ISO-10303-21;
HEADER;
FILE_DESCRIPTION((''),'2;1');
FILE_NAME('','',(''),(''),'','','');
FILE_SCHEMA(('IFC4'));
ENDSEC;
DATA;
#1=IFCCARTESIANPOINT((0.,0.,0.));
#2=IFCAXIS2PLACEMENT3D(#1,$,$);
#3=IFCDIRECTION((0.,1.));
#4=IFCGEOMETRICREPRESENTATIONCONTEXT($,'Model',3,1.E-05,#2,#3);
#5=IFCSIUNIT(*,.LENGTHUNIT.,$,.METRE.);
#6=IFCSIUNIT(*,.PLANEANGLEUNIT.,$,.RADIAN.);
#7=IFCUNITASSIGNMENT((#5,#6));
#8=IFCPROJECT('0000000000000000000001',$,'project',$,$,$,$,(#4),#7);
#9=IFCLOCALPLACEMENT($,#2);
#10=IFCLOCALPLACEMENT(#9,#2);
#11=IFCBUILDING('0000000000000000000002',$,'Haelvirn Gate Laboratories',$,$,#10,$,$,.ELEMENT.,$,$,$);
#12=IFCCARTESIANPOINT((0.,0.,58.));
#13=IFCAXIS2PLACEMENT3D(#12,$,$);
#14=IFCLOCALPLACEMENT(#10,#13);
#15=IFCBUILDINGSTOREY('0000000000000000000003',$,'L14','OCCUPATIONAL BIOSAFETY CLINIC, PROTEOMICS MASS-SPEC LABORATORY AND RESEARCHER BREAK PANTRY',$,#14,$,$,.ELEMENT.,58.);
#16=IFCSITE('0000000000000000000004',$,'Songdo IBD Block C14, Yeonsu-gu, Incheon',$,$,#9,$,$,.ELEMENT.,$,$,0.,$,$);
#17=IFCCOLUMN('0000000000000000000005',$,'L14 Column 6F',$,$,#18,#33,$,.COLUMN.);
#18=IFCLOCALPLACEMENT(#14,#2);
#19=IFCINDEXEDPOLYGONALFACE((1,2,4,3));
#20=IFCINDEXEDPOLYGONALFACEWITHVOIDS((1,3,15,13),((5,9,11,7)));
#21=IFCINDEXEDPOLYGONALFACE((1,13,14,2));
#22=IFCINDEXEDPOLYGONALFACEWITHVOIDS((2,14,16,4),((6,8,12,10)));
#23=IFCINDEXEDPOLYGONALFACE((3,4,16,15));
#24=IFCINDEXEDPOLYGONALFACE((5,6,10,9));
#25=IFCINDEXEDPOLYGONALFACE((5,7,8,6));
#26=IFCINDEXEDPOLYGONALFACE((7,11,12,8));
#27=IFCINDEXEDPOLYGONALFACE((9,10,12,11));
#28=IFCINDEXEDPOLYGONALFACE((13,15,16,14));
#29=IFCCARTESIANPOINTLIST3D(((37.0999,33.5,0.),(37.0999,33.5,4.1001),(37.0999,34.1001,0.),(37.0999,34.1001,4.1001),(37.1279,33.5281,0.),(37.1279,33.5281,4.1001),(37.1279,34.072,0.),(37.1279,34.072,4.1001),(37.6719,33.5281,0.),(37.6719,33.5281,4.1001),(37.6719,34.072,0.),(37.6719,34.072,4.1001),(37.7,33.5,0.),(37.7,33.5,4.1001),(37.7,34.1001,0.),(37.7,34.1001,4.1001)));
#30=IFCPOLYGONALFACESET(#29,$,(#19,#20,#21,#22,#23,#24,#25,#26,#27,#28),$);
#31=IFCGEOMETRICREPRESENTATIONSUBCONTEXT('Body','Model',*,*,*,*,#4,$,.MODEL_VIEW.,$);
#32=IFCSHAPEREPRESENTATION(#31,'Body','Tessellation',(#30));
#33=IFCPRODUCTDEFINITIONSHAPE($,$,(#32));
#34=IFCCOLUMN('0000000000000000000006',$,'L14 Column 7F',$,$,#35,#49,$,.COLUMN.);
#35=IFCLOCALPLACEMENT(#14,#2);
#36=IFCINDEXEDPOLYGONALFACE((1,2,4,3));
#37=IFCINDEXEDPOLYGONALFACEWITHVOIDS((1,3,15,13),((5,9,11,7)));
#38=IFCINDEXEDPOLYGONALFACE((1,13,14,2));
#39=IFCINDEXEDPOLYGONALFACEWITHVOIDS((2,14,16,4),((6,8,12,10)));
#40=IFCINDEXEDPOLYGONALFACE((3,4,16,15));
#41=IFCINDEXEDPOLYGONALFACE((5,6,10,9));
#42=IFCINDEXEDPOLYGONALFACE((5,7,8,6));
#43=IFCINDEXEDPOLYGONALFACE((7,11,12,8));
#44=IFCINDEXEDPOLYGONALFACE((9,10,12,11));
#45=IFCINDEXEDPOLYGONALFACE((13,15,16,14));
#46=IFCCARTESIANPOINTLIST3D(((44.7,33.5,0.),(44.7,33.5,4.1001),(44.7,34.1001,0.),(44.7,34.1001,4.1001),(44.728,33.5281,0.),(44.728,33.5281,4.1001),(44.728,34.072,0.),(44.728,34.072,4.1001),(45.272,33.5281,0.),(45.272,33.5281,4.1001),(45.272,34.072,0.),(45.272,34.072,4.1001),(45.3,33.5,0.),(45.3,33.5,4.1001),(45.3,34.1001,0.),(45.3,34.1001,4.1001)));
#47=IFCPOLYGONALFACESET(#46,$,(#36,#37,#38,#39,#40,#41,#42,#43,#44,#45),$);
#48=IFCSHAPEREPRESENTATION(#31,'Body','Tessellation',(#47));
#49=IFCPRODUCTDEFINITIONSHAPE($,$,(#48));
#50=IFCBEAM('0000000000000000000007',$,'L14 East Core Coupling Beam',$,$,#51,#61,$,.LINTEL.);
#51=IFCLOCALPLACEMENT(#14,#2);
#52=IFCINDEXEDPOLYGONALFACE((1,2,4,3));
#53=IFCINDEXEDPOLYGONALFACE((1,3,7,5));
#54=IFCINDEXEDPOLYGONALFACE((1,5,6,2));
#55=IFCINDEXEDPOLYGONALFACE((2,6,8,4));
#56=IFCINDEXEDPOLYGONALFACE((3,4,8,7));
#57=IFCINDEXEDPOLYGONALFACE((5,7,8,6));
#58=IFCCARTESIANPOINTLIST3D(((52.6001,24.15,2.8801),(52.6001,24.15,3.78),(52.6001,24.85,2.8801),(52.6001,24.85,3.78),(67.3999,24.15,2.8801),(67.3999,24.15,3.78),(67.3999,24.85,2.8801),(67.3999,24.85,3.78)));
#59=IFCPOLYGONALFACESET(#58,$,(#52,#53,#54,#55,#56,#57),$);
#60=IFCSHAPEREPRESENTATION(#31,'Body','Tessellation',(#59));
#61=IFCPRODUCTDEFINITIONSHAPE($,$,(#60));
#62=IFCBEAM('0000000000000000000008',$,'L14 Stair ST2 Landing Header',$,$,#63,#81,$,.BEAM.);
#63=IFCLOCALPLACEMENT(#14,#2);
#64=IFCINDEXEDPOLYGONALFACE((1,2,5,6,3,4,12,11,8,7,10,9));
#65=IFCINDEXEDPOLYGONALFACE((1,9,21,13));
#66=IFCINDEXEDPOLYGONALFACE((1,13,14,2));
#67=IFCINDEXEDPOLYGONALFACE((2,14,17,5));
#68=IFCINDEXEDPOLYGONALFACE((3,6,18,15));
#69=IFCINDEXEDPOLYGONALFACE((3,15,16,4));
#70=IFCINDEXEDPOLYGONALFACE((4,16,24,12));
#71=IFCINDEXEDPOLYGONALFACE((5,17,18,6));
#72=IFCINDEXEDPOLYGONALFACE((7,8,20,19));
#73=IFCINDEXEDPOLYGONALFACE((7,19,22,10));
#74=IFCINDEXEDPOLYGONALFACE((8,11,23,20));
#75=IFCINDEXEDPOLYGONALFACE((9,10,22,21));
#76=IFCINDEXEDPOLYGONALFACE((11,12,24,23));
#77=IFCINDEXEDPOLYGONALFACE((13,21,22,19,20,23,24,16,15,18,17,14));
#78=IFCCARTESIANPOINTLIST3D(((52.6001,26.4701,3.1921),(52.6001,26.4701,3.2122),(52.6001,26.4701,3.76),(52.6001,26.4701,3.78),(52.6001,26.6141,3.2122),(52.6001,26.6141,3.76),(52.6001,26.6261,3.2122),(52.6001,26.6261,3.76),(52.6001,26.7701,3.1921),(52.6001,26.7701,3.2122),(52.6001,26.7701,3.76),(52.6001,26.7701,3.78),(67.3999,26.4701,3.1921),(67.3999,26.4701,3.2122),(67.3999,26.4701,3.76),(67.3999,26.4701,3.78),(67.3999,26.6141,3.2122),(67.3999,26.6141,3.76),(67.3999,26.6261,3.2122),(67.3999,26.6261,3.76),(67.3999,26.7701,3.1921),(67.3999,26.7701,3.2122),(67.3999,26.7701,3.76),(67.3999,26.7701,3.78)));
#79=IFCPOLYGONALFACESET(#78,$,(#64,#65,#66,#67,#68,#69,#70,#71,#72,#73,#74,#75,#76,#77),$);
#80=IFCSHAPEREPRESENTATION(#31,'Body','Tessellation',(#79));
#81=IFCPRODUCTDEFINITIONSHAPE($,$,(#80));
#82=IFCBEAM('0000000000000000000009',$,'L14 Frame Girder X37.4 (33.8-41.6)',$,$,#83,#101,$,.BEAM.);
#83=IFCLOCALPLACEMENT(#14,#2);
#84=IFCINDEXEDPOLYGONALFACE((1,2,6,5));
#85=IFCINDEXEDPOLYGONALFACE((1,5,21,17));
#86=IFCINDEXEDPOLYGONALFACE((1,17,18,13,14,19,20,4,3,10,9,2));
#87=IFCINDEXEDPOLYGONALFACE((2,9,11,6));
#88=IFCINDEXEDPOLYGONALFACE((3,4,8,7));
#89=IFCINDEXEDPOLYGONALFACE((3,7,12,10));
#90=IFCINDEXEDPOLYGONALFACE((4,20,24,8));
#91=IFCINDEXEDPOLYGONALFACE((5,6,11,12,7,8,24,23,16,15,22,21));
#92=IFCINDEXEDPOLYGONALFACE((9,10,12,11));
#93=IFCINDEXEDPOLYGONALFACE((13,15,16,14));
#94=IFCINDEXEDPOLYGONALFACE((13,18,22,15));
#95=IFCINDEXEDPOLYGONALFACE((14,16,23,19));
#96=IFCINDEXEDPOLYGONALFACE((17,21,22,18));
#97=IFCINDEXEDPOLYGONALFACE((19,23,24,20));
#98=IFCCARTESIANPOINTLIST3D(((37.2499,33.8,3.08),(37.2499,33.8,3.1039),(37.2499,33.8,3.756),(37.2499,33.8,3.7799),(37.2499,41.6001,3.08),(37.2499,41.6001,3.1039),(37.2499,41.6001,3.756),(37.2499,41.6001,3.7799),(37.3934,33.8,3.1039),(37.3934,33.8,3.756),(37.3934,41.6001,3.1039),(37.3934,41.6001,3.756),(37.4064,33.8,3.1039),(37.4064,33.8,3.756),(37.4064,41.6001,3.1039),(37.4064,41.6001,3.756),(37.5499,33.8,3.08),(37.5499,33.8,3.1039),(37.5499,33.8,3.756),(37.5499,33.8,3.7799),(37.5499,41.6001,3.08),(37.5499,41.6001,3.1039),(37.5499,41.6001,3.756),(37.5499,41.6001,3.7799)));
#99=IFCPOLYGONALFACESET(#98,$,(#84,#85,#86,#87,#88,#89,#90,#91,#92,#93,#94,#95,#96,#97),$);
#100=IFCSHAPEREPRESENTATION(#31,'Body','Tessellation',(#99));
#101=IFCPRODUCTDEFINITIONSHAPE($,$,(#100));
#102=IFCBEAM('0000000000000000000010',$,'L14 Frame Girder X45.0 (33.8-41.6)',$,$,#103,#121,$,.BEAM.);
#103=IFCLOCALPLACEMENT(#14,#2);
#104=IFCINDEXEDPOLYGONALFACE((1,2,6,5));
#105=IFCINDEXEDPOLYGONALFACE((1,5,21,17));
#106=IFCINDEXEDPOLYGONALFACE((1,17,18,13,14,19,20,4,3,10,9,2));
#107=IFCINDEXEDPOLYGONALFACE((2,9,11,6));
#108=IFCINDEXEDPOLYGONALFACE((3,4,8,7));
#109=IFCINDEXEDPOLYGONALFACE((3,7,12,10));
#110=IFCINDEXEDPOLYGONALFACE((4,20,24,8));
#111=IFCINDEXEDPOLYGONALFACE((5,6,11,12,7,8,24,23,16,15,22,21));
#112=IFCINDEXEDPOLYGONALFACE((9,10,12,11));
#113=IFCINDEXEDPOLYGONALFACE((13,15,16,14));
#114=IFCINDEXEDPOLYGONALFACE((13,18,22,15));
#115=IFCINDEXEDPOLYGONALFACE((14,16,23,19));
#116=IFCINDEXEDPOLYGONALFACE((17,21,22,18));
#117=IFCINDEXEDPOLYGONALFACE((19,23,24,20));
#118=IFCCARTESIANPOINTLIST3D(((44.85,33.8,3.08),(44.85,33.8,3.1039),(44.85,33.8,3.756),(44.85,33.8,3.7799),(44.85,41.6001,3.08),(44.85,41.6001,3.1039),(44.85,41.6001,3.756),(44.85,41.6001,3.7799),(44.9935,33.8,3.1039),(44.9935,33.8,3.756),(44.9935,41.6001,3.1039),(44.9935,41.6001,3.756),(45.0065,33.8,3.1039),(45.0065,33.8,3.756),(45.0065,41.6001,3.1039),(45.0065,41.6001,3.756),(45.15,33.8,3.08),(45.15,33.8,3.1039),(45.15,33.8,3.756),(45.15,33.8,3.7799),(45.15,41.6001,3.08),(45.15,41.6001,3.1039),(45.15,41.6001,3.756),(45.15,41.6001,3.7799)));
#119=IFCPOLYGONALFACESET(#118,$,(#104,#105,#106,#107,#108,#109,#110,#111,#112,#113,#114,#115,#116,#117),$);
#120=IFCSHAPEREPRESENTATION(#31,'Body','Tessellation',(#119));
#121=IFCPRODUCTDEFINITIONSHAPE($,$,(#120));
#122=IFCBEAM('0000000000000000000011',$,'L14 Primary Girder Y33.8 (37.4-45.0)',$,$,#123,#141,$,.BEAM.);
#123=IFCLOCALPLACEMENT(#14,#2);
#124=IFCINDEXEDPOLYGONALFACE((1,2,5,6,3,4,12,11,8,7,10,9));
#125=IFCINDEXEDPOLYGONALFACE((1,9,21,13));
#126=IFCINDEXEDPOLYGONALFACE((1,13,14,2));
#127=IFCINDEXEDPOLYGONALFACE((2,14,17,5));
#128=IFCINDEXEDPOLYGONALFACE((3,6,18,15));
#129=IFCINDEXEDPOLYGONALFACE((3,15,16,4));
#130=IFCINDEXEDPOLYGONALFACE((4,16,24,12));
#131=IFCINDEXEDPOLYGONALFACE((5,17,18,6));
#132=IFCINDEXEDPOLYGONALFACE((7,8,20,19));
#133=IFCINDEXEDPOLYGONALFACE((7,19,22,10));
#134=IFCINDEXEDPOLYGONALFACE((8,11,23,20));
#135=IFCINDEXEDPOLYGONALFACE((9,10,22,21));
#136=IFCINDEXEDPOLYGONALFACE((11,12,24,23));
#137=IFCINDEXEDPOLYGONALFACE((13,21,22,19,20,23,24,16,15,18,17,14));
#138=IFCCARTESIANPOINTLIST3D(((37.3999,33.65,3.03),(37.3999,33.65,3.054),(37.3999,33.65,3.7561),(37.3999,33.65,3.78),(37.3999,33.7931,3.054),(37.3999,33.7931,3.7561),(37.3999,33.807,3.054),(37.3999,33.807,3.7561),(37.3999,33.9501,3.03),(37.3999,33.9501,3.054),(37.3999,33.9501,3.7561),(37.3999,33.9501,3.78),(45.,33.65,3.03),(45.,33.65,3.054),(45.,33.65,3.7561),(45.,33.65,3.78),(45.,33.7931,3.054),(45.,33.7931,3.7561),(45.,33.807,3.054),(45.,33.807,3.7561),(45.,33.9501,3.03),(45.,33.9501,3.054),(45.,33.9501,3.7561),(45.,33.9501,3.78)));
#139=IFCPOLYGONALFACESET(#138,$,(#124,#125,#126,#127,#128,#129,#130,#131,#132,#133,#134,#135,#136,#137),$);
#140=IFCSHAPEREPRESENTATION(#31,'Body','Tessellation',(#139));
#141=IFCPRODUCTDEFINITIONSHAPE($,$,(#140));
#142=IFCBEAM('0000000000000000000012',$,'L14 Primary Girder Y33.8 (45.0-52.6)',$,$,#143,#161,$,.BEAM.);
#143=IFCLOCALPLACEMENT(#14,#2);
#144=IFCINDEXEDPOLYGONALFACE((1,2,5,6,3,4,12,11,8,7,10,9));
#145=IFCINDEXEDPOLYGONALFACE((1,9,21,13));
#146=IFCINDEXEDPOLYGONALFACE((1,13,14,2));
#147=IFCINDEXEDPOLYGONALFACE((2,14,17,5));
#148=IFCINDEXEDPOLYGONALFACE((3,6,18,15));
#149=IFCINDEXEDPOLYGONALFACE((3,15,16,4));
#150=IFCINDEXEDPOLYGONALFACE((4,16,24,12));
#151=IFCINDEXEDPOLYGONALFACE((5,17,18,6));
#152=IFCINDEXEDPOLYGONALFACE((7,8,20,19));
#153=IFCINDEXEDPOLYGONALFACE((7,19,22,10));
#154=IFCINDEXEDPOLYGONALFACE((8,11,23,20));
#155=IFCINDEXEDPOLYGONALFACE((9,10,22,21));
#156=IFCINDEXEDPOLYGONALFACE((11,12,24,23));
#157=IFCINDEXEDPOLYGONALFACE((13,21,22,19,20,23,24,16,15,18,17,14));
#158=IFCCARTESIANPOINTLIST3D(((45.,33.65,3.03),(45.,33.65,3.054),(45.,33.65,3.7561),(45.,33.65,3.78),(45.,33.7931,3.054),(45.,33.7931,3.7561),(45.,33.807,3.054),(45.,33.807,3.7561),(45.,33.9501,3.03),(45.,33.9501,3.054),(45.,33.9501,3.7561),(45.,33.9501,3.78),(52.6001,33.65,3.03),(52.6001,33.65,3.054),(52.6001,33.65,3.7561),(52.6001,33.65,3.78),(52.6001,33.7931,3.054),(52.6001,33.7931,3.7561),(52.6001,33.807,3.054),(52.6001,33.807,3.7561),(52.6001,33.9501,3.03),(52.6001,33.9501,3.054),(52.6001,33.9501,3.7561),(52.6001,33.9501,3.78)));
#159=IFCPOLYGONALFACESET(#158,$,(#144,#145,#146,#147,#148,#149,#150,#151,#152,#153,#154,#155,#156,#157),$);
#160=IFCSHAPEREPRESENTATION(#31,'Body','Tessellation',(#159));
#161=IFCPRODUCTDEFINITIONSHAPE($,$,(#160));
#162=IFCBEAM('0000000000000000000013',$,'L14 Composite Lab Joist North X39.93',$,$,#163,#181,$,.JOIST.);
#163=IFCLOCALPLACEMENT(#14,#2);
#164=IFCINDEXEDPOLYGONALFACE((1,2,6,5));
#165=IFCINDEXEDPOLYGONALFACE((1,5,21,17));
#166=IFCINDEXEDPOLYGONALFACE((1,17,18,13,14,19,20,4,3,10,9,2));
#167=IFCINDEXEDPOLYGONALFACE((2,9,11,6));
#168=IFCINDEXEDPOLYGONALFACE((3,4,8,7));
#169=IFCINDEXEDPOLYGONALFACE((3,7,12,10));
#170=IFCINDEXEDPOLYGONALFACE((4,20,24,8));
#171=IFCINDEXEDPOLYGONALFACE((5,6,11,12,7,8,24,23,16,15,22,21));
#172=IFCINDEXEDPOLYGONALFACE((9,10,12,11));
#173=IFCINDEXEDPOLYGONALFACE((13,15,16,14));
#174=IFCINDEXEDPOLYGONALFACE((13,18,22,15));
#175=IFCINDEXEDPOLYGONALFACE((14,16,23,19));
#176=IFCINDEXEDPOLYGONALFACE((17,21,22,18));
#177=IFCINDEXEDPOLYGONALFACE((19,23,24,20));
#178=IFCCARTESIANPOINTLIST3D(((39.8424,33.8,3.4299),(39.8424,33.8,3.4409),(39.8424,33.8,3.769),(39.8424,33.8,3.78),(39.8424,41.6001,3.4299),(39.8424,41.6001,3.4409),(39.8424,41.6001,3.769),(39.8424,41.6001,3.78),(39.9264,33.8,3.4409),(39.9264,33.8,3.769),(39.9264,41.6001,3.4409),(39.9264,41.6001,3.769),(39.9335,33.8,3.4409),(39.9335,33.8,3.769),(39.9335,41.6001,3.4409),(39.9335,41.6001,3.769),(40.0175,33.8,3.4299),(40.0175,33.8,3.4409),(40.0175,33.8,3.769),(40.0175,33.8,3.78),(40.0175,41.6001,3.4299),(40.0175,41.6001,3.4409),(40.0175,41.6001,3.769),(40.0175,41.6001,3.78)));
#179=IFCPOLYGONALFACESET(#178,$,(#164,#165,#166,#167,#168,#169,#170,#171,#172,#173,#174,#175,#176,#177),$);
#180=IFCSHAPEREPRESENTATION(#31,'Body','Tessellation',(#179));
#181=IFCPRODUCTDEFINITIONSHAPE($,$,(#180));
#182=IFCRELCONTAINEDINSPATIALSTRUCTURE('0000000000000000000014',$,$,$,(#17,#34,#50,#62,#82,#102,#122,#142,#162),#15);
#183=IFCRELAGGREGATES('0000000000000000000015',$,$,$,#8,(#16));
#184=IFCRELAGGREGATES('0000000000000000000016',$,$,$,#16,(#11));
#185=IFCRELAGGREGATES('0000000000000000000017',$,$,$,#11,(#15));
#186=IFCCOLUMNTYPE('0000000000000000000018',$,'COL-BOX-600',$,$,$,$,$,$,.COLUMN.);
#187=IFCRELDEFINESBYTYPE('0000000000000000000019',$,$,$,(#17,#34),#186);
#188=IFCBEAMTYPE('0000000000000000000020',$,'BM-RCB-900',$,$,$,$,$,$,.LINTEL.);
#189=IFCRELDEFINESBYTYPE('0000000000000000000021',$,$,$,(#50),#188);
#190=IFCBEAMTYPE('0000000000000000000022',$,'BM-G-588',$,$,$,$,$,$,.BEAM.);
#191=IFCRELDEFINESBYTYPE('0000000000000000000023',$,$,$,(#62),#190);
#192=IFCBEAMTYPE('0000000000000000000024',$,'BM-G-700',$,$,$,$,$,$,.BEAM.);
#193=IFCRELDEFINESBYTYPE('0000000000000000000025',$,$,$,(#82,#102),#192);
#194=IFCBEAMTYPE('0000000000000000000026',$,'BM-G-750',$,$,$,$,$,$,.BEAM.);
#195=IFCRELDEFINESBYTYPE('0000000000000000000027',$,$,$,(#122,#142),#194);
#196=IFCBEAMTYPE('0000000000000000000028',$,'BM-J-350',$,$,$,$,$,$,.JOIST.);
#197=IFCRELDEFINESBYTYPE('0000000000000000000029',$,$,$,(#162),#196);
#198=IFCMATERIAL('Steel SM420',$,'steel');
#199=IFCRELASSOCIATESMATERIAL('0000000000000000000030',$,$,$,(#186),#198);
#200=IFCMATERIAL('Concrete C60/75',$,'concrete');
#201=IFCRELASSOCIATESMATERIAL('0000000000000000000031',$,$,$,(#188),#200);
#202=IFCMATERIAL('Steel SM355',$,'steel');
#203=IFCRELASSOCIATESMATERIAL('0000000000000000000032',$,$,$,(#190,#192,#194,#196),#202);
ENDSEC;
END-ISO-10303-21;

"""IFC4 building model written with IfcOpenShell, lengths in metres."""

from ifc_helpers import new_model, si_unit, direction, frame, origin, origin_2d, place, context, subcontext, project, spatial, rectangle, hollow_rectangle, i_section, extrude, source, transform, mapped, material, material_profile, profile_set, type_object, type_shapes, element, save


model = new_model("IFC4")

# Units and contexts
model_context = context("Model", 3, precision=1e-05, world=origin(), true_north=direction((0.0, 1.0)))
body_context = subcontext(model_context, "Body", "Model", "MODEL_VIEW")
ifc_project = project(units=[si_unit("LENGTHUNIT", "METRE"), si_unit("PLANEANGLEUNIT", "RADIAN")], contexts=[model_context])

# Site, building, storey
site_placement = place(None, origin())
site = spatial("IfcSite", under=ifc_project, at=site_placement, Name="Songdo IBD Block C14, Yeonsu-gu, Incheon", CompositionType="ELEMENT", RefElevation=0.0)
building_placement = place(site_placement, origin())
building = spatial("IfcBuilding", under=site, at=building_placement, Name="Haelvirn Gate Laboratories", CompositionType="ELEMENT")
storey_placement = place(building_placement, frame((0.0, 0.0, 58.0)))
storey = spatial("IfcBuildingStorey", under=building, at=storey_placement, Name="L14", Description="OCCUPATIONAL BIOSAFETY CLINIC, PROTEOMICS MASS-SPEC LABORATORY AND RESEARCHER BREAK PANTRY", CompositionType="ELEMENT", Elevation=58.0)

# Columns
ifc_material_1 = material(Name="Steel SM420", Category="steel")
ifc_material_profile_1 = material_profile(ifc_material_1, hollow_rectangle(XDim=0.6001, YDim=0.6001, WallThickness=0.0281, at=origin_2d()), Name="BOX-600x600x28")
ifc_profile_set_1 = profile_set([ifc_material_profile_1], Name="Steel SM420")
column_type = type_object("IfcColumnType", Name="COL-BOX-600", PredefinedType="COLUMN", material=ifc_profile_set_1)
shared_shape_1 = source(origin(), body_context, "Body", "SweptSolid", [
    extrude(hollow_rectangle(XDim=0.6001, YDim=0.6001, WallThickness=0.0281, at=origin_2d()), origin(), (0.0, 0.0, 1.0), 4.1001),
])
type_shapes(column_type, [shared_shape_1])
for number, where, z_axis, x_axis, name in (
    (1, (37.3999, 33.8, 0.0), (0.0, 0.0, 1.0), (1.0, 0.0, 0.0), "L14 Column 6F"),
    (2, (45.0, 33.8, 0.0), (0.0, 0.0, 1.0), (1.0, 0.0, 0.0), "L14 Column 7F"),
):
    element("IfcColumn", number, at=place(storey_placement, frame(where, z_axis=z_axis, x_axis=x_axis)), inside=storey, type_object=column_type, Name=name, PredefinedType="COLUMN", context=body_context, shape_type="MappedRepresentation", body=[
        mapped(shared_shape_1, transform((0.0, 0.0, 0.0), scale=1.0)),
    ])

# Beams
ifc_material_2 = material(Name="Concrete C60/75", Category="concrete")
ifc_material_profile_2 = material_profile(ifc_material_2, rectangle(XDim=0.7, YDim=0.8999, at=origin_2d()), Name="RCB-700x900")
ifc_profile_set_2 = profile_set([ifc_material_profile_2], Name="Concrete C60/75")
beam_type_1 = type_object("IfcBeamType", Name="BM-RCB-900", PredefinedType="LINTEL", material=ifc_profile_set_2)
shared_shape_2 = source(origin(), body_context, "Body", "SweptSolid", [
    extrude(rectangle(XDim=0.7, YDim=0.8999, at=origin_2d()), origin(), (0.0, 0.0, 1.0), 14.7998),
])
type_shapes(beam_type_1, [shared_shape_2])
beam_1_placement = place(storey_placement, frame((52.6001, 24.5, 3.3301), z_axis=(1.0, 0.0, 0.0), x_axis=(0.0, 1.0, 0.0)))
element("IfcBeam", 3, at=beam_1_placement, inside=storey, type_object=beam_type_1, Name="L14 East Core Coupling Beam", PredefinedType="LINTEL", context=body_context, shape_type="MappedRepresentation", body=[
    mapped(shared_shape_2, transform((0.0, 0.0, 0.0), scale=1.0)),
])
ifc_material_3 = material(Name="Steel SM355", Category="steel")
ifc_material_profile_3 = material_profile(ifc_material_3, i_section(OverallWidth=0.3, OverallDepth=0.5879, WebThickness=0.012, FlangeThickness=0.02, at=origin_2d()), Name="H-588x300x12x20")
ifc_profile_set_3 = profile_set([ifc_material_profile_3], Name="Steel SM355")
beam_type_2 = type_object("IfcBeamType", Name="BM-G-588", PredefinedType="BEAM", material=ifc_profile_set_3)
shared_shape_3 = source(origin(), body_context, "Body", "SweptSolid", [
    extrude(i_section(OverallWidth=0.3, OverallDepth=0.5879, WebThickness=0.012, FlangeThickness=0.02, at=origin_2d()), origin(), (0.0, 0.0, 1.0), 14.7998),
])
type_shapes(beam_type_2, [shared_shape_3])
beam_2_placement = place(storey_placement, frame((52.6001, 26.6201, 3.4861), z_axis=(1.0, 0.0, 0.0), x_axis=(0.0, 1.0, 0.0)))
element("IfcBeam", 4, at=beam_2_placement, inside=storey, type_object=beam_type_2, Name="L14 Stair ST2 Landing Header", PredefinedType="BEAM", context=body_context, shape_type="MappedRepresentation", body=[
    mapped(shared_shape_3, transform((0.0, 0.0, 0.0), scale=1.0)),
])
ifc_material_profile_4 = material_profile(ifc_material_3, i_section(OverallWidth=0.3, OverallDepth=0.7, WebThickness=0.0129, FlangeThickness=0.0239, at=origin_2d()), Name="H-700x300x13x24")
ifc_profile_set_4 = profile_set([ifc_material_profile_4], Name="Steel SM355")
beam_type_3 = type_object("IfcBeamType", Name="BM-G-700", PredefinedType="BEAM", material=ifc_profile_set_4)
shared_shape_4 = source(origin(), body_context, "Body", "SweptSolid", [
    extrude(i_section(OverallWidth=0.3, OverallDepth=0.7, WebThickness=0.0129, FlangeThickness=0.0239, at=origin_2d()), origin(), (0.0, 0.0, 1.0), 7.8),
])
type_shapes(beam_type_3, [shared_shape_4])
for number, where, z_axis, x_axis, name in (
    (5, (37.3999, 33.8, 3.4299), (0.0, 1.0, 0.0), (-1.0, 0.0, 0.0), "L14 Frame Girder X37.4 (33.8-41.6)"),
    (6, (45.0, 33.8, 3.4299), (0.0, 1.0, 0.0), (-1.0, 0.0, 0.0), "L14 Frame Girder X45.0 (33.8-41.6)"),
):
    element("IfcBeam", number, at=place(storey_placement, frame(where, z_axis=z_axis, x_axis=x_axis)), inside=storey, type_object=beam_type_3, Name=name, PredefinedType="BEAM", context=body_context, shape_type="MappedRepresentation", body=[
        mapped(shared_shape_4, transform((0.0, 0.0, 0.0), scale=1.0)),
    ])
ifc_material_profile_5 = material_profile(ifc_material_3, i_section(OverallWidth=0.3, OverallDepth=0.75, WebThickness=0.0139, FlangeThickness=0.0239, at=origin_2d()), Name="H-750x300x14x24")
ifc_profile_set_5 = profile_set([ifc_material_profile_5], Name="Steel SM355")
beam_type_4 = type_object("IfcBeamType", Name="BM-G-750", PredefinedType="BEAM", material=ifc_profile_set_5)
shared_shape_5 = source(origin(), body_context, "Body", "SweptSolid", [
    extrude(i_section(OverallWidth=0.3, OverallDepth=0.75, WebThickness=0.0139, FlangeThickness=0.0239, at=origin_2d()), origin(), (0.0, 0.0, 1.0), 7.6001),
])
type_shapes(beam_type_4, [shared_shape_5])
for number, where, z_axis, x_axis, name in (
    (7, (37.3999, 33.8, 3.405), (1.0, 0.0, 0.0), (0.0, 1.0, 0.0), "L14 Primary Girder Y33.8 (37.4-45.0)"),
    (8, (45.0, 33.8, 3.405), (1.0, 0.0, 0.0), (0.0, 1.0, 0.0), "L14 Primary Girder Y33.8 (45.0-52.6)"),
):
    element("IfcBeam", number, at=place(storey_placement, frame(where, z_axis=z_axis, x_axis=x_axis)), inside=storey, type_object=beam_type_4, Name=name, PredefinedType="BEAM", context=body_context, shape_type="MappedRepresentation", body=[
        mapped(shared_shape_5, transform((0.0, 0.0, 0.0), scale=1.0)),
    ])
ifc_material_profile_6 = material_profile(ifc_material_3, i_section(OverallWidth=0.175, OverallDepth=0.3501, WebThickness=0.0071, FlangeThickness=0.011, at=origin_2d()), Name="H-350x175x7x11")
ifc_profile_set_6 = profile_set([ifc_material_profile_6], Name="Steel SM355")
beam_type_5 = type_object("IfcBeamType", Name="BM-J-350", PredefinedType="JOIST", material=ifc_profile_set_6)
shared_shape_6 = source(origin(), body_context, "Body", "SweptSolid", [
    extrude(i_section(OverallWidth=0.175, OverallDepth=0.3501, WebThickness=0.0071, FlangeThickness=0.011, at=origin_2d()), origin(), (0.0, 0.0, 1.0), 7.8),
])
type_shapes(beam_type_5, [shared_shape_6])
for number, where, z_axis, x_axis, name in (
    (9, (39.9299, 33.8, 3.605), (0.0, 1.0, 0.0), (-1.0, 0.0, 0.0), "L14 Composite Lab Joist North X39.93"),
):
    element("IfcBeam", number, at=place(storey_placement, frame(where, z_axis=z_axis, x_axis=x_axis)), inside=storey, type_object=beam_type_5, Name=name, PredefinedType="JOIST", context=body_context, shape_type="MappedRepresentation", body=[
        mapped(shared_shape_6, transform((0.0, 0.0, 0.0), scale=1.0)),
    ])

save(model, "model.ifc")
